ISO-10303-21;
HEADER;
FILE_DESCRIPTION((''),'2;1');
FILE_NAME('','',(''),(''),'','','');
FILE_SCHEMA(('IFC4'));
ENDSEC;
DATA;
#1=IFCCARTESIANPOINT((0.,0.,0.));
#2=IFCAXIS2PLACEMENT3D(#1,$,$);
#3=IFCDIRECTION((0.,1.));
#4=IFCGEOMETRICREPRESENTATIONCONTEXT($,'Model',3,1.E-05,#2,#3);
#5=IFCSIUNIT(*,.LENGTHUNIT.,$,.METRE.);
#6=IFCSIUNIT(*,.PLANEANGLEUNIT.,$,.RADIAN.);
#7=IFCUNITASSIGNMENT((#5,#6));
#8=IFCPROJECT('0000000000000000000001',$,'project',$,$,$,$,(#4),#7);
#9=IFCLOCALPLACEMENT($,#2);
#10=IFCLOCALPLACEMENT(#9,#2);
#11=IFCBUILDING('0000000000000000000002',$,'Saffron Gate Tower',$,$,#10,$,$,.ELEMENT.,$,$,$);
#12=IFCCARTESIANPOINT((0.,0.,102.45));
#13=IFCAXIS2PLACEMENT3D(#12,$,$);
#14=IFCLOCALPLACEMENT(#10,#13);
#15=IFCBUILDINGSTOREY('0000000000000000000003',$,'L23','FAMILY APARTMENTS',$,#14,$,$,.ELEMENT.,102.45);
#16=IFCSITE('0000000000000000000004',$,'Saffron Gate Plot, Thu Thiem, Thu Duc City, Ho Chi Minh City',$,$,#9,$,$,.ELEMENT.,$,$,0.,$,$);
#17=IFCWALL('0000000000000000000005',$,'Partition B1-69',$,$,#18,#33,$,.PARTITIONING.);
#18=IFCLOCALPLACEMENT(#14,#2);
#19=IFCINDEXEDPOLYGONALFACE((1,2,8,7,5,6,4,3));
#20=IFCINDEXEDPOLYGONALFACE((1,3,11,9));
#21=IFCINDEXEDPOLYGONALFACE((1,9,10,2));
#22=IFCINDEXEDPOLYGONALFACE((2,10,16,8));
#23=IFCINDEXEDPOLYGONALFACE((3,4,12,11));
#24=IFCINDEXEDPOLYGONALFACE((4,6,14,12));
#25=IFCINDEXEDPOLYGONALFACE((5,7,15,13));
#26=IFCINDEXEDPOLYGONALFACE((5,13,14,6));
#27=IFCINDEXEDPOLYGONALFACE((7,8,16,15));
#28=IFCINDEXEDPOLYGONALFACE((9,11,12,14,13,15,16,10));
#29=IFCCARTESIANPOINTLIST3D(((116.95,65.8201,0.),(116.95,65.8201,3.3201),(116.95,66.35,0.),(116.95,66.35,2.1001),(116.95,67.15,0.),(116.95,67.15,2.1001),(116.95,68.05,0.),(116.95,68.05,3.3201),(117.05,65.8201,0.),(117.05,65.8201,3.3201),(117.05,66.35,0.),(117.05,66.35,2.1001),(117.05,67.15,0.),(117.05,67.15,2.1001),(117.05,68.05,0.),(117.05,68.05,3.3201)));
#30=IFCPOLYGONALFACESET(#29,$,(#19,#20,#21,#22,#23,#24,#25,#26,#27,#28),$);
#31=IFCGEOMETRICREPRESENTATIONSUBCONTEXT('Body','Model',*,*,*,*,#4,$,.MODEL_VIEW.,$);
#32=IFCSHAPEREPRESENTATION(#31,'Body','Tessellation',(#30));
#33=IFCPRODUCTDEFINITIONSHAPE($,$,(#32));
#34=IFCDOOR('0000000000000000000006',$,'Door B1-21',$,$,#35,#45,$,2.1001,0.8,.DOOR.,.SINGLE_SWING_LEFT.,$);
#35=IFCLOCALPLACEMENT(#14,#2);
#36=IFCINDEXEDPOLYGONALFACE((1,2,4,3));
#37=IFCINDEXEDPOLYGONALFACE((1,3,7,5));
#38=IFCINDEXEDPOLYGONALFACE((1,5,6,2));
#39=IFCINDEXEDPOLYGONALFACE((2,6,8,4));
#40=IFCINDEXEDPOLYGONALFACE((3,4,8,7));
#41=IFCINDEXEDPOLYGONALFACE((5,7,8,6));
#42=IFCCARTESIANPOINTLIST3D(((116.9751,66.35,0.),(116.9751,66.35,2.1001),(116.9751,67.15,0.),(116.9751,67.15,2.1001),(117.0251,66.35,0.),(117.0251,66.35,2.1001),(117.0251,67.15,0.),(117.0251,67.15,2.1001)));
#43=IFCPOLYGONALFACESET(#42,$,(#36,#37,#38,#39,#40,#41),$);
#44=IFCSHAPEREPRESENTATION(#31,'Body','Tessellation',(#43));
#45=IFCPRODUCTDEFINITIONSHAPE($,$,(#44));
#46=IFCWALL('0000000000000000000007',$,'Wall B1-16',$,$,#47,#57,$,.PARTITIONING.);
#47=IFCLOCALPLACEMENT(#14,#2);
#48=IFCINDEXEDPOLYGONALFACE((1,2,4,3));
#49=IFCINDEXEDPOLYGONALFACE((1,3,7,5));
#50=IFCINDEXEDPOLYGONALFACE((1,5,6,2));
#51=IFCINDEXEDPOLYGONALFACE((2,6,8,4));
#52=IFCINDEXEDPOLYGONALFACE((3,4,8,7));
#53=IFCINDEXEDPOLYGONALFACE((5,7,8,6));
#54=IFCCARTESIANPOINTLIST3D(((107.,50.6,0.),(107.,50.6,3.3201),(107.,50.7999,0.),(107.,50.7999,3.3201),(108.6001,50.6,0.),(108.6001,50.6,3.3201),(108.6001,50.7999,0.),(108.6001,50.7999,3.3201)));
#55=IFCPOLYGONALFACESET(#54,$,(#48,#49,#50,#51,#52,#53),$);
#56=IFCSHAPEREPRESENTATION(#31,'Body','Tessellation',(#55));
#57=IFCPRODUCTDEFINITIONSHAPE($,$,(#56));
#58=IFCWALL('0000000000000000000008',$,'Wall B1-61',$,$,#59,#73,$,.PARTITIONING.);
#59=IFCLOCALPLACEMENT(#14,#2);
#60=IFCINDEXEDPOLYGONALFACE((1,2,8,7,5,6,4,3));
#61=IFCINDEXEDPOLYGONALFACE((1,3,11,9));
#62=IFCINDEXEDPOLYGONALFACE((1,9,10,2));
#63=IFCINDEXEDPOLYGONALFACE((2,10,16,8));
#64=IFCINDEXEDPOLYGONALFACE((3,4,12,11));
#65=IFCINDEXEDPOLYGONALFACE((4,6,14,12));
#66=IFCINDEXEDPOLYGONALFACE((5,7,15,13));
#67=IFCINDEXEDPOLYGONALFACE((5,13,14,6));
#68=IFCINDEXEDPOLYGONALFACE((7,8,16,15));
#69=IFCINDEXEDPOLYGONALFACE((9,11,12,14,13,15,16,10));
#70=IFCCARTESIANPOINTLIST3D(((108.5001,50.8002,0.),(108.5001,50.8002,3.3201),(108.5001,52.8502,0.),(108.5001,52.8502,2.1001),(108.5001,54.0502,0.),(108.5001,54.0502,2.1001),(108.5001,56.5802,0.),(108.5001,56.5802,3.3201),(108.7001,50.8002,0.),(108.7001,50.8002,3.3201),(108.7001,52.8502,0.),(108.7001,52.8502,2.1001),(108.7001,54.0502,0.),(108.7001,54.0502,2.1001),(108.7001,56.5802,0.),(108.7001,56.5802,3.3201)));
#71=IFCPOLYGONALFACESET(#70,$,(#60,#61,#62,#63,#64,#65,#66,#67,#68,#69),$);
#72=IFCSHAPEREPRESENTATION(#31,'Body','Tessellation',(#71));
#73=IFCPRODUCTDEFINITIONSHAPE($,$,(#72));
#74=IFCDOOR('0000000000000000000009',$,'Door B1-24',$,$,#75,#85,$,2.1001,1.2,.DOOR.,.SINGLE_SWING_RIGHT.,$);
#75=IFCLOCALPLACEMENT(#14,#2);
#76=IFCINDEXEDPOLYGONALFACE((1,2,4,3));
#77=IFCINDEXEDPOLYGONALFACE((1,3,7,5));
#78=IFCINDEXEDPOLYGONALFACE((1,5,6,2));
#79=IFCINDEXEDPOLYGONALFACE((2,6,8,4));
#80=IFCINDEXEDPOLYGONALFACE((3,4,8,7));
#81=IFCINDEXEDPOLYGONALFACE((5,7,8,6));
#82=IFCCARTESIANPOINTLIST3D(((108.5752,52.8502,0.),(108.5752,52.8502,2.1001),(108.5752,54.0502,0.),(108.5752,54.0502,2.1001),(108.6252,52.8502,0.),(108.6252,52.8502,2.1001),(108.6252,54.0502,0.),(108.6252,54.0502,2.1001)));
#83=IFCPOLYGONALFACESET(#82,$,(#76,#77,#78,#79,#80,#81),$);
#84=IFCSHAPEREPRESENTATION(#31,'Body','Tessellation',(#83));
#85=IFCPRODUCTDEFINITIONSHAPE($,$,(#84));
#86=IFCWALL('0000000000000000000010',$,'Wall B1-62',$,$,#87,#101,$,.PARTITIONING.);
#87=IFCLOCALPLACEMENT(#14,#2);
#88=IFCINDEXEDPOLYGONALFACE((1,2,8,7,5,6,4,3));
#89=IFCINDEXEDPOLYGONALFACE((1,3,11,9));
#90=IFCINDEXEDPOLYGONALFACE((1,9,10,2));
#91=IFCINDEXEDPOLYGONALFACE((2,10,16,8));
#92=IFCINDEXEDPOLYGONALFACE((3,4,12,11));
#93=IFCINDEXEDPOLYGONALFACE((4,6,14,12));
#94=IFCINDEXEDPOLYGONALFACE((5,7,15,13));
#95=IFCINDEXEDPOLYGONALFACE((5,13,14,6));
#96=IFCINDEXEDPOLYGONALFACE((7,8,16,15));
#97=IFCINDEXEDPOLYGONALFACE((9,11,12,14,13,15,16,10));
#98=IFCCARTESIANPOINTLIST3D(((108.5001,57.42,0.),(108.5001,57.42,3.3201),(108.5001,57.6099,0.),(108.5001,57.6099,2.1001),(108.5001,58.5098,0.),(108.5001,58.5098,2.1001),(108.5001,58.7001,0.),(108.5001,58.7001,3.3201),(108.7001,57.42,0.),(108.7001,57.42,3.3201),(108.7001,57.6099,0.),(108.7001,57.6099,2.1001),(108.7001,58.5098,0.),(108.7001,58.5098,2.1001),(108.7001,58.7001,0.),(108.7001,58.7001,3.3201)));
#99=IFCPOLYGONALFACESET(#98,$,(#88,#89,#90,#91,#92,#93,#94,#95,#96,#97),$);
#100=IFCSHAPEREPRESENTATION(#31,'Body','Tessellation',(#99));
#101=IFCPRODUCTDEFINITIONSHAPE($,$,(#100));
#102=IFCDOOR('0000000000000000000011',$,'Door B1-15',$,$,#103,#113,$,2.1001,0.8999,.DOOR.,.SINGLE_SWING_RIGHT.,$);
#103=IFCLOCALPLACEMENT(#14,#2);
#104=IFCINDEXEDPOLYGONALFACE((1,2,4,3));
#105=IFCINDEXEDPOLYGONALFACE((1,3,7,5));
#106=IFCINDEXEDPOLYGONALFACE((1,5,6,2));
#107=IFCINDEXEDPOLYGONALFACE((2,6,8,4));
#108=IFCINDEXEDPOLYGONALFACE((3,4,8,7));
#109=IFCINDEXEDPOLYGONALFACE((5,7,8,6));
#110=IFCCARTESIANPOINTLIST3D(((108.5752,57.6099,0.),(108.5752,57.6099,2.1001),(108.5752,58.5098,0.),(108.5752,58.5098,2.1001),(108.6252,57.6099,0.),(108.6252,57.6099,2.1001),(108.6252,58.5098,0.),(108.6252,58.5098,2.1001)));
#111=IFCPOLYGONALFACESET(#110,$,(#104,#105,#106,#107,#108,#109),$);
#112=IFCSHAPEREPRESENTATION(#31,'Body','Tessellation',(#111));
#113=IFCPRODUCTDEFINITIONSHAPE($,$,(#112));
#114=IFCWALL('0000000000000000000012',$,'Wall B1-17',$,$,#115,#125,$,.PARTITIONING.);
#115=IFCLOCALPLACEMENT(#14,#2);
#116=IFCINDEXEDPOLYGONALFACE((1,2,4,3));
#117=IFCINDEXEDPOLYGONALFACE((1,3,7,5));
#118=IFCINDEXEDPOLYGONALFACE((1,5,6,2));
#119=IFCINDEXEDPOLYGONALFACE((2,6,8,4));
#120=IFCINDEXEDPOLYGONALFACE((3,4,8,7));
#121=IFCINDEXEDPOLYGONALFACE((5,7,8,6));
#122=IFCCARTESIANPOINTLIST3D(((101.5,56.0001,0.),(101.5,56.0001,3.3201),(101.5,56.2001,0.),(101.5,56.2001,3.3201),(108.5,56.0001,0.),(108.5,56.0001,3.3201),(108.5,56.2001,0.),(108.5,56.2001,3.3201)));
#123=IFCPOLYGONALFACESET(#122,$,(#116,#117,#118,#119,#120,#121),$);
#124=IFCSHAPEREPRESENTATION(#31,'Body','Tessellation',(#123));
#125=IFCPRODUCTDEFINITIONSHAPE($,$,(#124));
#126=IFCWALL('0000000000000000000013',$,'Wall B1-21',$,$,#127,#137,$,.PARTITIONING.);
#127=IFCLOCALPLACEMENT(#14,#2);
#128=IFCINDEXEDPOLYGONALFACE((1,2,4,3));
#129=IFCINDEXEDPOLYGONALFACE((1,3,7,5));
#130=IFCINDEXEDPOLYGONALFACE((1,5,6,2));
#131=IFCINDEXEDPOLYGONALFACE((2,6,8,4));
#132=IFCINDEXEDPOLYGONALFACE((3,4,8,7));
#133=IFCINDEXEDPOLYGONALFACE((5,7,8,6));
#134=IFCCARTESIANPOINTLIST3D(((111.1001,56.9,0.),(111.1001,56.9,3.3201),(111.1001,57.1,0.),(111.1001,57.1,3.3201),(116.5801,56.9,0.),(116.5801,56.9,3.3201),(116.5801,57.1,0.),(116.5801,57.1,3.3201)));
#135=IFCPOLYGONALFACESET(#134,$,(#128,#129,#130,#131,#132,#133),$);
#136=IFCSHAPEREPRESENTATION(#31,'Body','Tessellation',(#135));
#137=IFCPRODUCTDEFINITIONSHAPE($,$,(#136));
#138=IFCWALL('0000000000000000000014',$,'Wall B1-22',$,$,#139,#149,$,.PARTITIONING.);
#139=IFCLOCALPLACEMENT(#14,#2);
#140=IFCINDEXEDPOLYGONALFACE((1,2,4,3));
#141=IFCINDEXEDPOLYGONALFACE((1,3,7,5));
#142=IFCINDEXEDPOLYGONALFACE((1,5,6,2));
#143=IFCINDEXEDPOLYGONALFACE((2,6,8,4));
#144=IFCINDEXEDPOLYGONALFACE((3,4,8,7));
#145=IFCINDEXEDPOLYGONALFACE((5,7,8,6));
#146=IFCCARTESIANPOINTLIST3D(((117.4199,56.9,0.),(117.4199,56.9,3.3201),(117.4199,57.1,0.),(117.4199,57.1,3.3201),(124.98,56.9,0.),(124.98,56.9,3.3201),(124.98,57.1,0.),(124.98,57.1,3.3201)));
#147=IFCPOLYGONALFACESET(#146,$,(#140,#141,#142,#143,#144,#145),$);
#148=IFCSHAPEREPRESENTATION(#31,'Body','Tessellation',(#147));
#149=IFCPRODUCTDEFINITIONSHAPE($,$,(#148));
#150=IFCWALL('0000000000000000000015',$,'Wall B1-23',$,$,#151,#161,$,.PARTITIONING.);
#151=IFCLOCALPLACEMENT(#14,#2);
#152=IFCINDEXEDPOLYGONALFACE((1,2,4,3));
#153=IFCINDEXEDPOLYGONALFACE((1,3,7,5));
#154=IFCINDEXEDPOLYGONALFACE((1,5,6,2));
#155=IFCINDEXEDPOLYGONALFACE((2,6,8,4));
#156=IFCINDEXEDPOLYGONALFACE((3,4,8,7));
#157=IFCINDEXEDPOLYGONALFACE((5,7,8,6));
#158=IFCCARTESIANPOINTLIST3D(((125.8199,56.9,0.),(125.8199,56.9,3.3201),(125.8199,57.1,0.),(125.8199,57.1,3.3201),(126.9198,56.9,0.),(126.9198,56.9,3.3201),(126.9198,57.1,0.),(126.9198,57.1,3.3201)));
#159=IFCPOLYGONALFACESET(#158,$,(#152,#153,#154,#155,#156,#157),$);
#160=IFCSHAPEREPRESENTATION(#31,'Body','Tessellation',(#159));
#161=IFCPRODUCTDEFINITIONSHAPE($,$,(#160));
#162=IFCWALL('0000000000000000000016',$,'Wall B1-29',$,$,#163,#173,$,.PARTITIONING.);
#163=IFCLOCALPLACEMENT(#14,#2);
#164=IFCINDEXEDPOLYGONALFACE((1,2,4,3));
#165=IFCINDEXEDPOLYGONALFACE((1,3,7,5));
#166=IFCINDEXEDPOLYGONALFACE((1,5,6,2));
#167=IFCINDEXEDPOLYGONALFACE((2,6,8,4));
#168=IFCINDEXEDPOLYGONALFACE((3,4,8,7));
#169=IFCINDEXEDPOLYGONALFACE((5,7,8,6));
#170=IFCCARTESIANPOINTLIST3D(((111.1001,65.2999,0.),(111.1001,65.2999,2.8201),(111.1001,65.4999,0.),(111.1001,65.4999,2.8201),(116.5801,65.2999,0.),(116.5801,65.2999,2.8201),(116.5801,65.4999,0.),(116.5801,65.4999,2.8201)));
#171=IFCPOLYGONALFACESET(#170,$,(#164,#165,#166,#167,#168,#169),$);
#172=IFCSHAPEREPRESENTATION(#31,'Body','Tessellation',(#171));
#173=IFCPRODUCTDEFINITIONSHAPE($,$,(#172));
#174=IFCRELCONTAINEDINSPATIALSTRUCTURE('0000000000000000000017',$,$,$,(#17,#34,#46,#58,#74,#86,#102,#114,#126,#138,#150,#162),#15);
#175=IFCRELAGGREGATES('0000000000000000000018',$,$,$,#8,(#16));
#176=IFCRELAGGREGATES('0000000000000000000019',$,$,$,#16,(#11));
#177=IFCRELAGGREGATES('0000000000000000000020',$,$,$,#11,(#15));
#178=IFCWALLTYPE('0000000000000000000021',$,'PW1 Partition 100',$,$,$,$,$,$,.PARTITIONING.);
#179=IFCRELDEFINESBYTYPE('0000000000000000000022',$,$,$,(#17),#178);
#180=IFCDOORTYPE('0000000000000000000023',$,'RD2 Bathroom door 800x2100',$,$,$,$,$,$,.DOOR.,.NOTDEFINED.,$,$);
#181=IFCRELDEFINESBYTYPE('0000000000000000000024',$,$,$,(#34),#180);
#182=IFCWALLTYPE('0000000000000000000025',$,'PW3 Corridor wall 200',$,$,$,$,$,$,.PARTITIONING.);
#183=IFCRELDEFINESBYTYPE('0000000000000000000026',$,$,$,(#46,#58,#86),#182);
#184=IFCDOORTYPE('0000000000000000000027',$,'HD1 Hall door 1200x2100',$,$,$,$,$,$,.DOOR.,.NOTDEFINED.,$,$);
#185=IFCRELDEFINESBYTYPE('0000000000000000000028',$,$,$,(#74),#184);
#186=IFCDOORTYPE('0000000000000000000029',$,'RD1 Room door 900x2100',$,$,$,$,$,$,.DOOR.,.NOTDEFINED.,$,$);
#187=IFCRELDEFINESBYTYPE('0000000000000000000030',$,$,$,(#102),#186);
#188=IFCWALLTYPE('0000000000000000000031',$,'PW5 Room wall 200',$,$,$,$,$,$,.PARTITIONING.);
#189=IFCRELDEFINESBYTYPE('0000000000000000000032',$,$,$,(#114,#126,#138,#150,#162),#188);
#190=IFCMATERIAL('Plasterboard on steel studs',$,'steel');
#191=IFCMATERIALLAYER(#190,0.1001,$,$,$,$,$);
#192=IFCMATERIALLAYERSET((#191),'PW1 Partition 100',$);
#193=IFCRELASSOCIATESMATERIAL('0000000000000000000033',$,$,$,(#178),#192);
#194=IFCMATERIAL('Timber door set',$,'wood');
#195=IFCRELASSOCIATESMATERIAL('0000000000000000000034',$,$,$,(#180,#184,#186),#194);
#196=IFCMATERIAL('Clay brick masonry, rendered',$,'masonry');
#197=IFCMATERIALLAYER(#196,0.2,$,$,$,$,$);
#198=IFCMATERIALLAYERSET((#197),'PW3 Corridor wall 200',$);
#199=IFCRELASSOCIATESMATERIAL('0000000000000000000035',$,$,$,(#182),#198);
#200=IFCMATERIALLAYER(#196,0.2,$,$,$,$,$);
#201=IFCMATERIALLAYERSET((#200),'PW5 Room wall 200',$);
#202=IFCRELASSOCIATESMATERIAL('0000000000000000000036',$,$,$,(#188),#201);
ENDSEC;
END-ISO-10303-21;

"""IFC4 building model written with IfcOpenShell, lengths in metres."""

from ifc_helpers import new_model, si_unit, direction, frame, frame_2d, origin, place, context, subcontext, project, spatial, rectangle, extrude, material, layer, layer_set, type_object, element, fill, save


model = new_model("IFC4")

# Units and contexts
model_context = context("Model", 3, precision=1e-05, world=origin(), true_north=direction((0.0, 1.0)))
body_context = subcontext(model_context, "Body", "Model", "MODEL_VIEW")
ifc_project = project(units=[si_unit("LENGTHUNIT", "METRE"), si_unit("PLANEANGLEUNIT", "RADIAN")], contexts=[model_context])

# Site, building, storey
site_placement = place(None, origin())
site = spatial("IfcSite", under=ifc_project, at=site_placement, Name="Saffron Gate Plot, Thu Thiem, Thu Duc City, Ho Chi Minh City", CompositionType="ELEMENT", RefElevation=0.0)
building_placement = place(site_placement, origin())
building = spatial("IfcBuilding", under=site, at=building_placement, Name="Saffron Gate Tower", CompositionType="ELEMENT")
storey_placement = place(building_placement, frame((0.0, 0.0, 102.45)))
storey = spatial("IfcBuildingStorey", under=building, at=storey_placement, Name="L23", Description="FAMILY APARTMENTS", CompositionType="ELEMENT", Elevation=102.45)

# Wall, opening, door
ifc_material_1 = material(Name="Plasterboard on steel studs", Category="steel")
ifc_layer_1 = layer(ifc_material_1, 0.1001)
ifc_layer_set_1 = layer_set([ifc_layer_1], Name="PW1 Partition 100")
wall_type_1 = type_object("IfcWallType", Name="PW1 Partition 100", PredefinedType="PARTITIONING", material=ifc_layer_set_1)
wall_1_placement = place(storey_placement, frame((117.0, 65.8201, 0.0), z_axis=(0.0, 0.0, 1.0), x_axis=(0.0, 1.0, 0.0)))
wall_1 = element("IfcWall", 1, at=wall_1_placement, inside=storey, type_object=wall_type_1, Name="Partition B1-69", PredefinedType="PARTITIONING", context=body_context, shape_type="SweptSolid", body=[
    extrude(rectangle(XDim=2.23, YDim=0.1001, at=frame_2d((1.115, 0.0))), origin(), (0.0, 0.0, 1.0), 3.3201),
])
opening_1_placement = place(wall_1_placement, frame((0.53, 0.0, 0.0)))
opening_1 = element("IfcOpeningElement", 2, at=opening_1_placement, cuts=wall_1, PredefinedType="OPENING", context=body_context, shape_type="SweptSolid", body=[
    extrude(rectangle(XDim=0.8, YDim=2.1001, at=frame_2d((0.3999, 1.05))), frame((0.0, 0.0601, 0.0), z_axis=(0.0, -1.0, 0.0), x_axis=(1.0, 0.0, 0.0)), (0.0, 0.0, 1.0), 0.1201),
])
ifc_material_2 = material(Name="Timber door set", Category="wood")
door_type_1 = type_object("IfcDoorType", Name="RD2 Bathroom door 800x2100", OperationType="NOTDEFINED", PredefinedType="DOOR", material=ifc_material_2)
door_1_placement = place(opening_1_placement, origin())
door_1 = element("IfcDoor", 3, at=door_1_placement, inside=storey, type_object=door_type_1, Name="Door B1-21", OperationType="SINGLE_SWING_LEFT", OverallHeight=2.1001, OverallWidth=0.8, PredefinedType="DOOR", context=body_context, shape_type="SweptSolid", body=[
    extrude(rectangle(XDim=0.8, YDim=2.1001, at=frame_2d((0.3999, 1.05))), frame((0.0, 0.0249, 0.0), z_axis=(0.0, -1.0, 0.0), x_axis=(1.0, 0.0, 0.0)), (0.0, 0.0, 1.0), 0.05),
])
fill(opening_1, door_1)

# Wall
ifc_material_3 = material(Name="Clay brick masonry, rendered", Category="masonry")
ifc_layer_2 = layer(ifc_material_3, 0.2)
ifc_layer_set_2 = layer_set([ifc_layer_2], Name="PW3 Corridor wall 200")
wall_type_2 = type_object("IfcWallType", Name="PW3 Corridor wall 200", PredefinedType="PARTITIONING", material=ifc_layer_set_2)
wall_2_placement = place(storey_placement, frame((107.0, 50.7, 0.0), z_axis=(0.0, 0.0, 1.0), x_axis=(1.0, 0.0, 0.0)))
element("IfcWall", 4, at=wall_2_placement, inside=storey, type_object=wall_type_2, Name="Wall B1-16", PredefinedType="PARTITIONING", context=body_context, shape_type="SweptSolid", body=[
    extrude(rectangle(XDim=1.6001, YDim=0.2, at=frame_2d((0.8, 0.0))), origin(), (0.0, 0.0, 1.0), 3.3201),
])

# Walls, openings, doors
wall_3_placement = place(storey_placement, frame((108.6001, 50.8, 0.0), z_axis=(0.0, 0.0, 1.0), x_axis=(0.0, 1.0, 0.0)))
wall_3 = element("IfcWall", 5, at=wall_3_placement, inside=storey, type_object=wall_type_2, Name="Wall B1-61", PredefinedType="PARTITIONING", context=body_context, shape_type="SweptSolid", body=[
    extrude(rectangle(XDim=5.78, YDim=0.2, at=frame_2d((2.8901, 0.0))), origin(), (0.0, 0.0, 1.0), 3.3201),
])
opening_2_placement = place(wall_3_placement, frame((2.05, 0.0, 0.0)))
opening_2 = element("IfcOpeningElement", 6, at=opening_2_placement, cuts=wall_3, PredefinedType="OPENING", context=body_context, shape_type="SweptSolid", body=[
    extrude(rectangle(XDim=1.2, YDim=2.1001, at=frame_2d((0.6001, 1.05))), frame((0.0, 0.1099, 0.0), z_axis=(0.0, -1.0, 0.0), x_axis=(1.0, 0.0, 0.0)), (0.0, 0.0, 1.0), 0.22),
])
door_type_2 = type_object("IfcDoorType", Name="HD1 Hall door 1200x2100", OperationType="NOTDEFINED", PredefinedType="DOOR", material=ifc_material_2)
door_2_placement = place(opening_2_placement, origin())
door_2 = element("IfcDoor", 7, at=door_2_placement, inside=storey, type_object=door_type_2, Name="Door B1-24", OperationType="SINGLE_SWING_RIGHT", OverallHeight=2.1001, OverallWidth=1.2, PredefinedType="DOOR", context=body_context, shape_type="SweptSolid", body=[
    extrude(rectangle(XDim=1.2, YDim=2.1001, at=frame_2d((0.6001, 1.05))), frame((0.0, 0.0249, 0.0), z_axis=(0.0, -1.0, 0.0), x_axis=(1.0, 0.0, 0.0)), (0.0, 0.0, 1.0), 0.05),
])
fill(opening_2, door_2)
wall_4_placement = place(storey_placement, frame((108.6001, 57.4199, 0.0), z_axis=(0.0, 0.0, 1.0), x_axis=(0.0, 1.0, 0.0)))
wall_4 = element("IfcWall", 8, at=wall_4_placement, inside=storey, type_object=wall_type_2, Name="Wall B1-62", PredefinedType="PARTITIONING", context=body_context, shape_type="SweptSolid", body=[
    extrude(rectangle(XDim=1.28, YDim=0.2, at=frame_2d((0.6401, 0.0))), origin(), (0.0, 0.0, 1.0), 3.3201),
])
opening_3_placement = place(wall_4_placement, frame((0.1899, 0.0, 0.0)))
opening_3 = element("IfcOpeningElement", 9, at=opening_3_placement, cuts=wall_4, PredefinedType="OPENING", context=body_context, shape_type="SweptSolid", body=[
    extrude(rectangle(XDim=0.8999, YDim=2.1001, at=frame_2d((0.45, 1.05))), frame((0.0, 0.1099, 0.0), z_axis=(0.0, -1.0, 0.0), x_axis=(1.0, 0.0, 0.0)), (0.0, 0.0, 1.0), 0.22),
])
door_type_3 = type_object("IfcDoorType", Name="RD1 Room door 900x2100", OperationType="NOTDEFINED", PredefinedType="DOOR", material=ifc_material_2)
door_3_placement = place(opening_3_placement, origin())
door_3 = element("IfcDoor", 10, at=door_3_placement, inside=storey, type_object=door_type_3, Name="Door B1-15", OperationType="SINGLE_SWING_RIGHT", OverallHeight=2.1001, OverallWidth=0.8999, PredefinedType="DOOR", context=body_context, shape_type="SweptSolid", body=[
    extrude(rectangle(XDim=0.8999, YDim=2.1001, at=frame_2d((0.45, 1.05))), frame((0.0, 0.0249, 0.0), z_axis=(0.0, -1.0, 0.0), x_axis=(1.0, 0.0, 0.0)), (0.0, 0.0, 1.0), 0.05),
])
fill(opening_3, door_3)

# Walls
ifc_layer_3 = layer(ifc_material_3, 0.2)
ifc_layer_set_3 = layer_set([ifc_layer_3], Name="PW5 Room wall 200")
wall_type_3 = type_object("IfcWallType", Name="PW5 Room wall 200", PredefinedType="PARTITIONING", material=ifc_layer_set_3)
wall_5_placement = place(storey_placement, frame((101.5, 56.1001, 0.0), z_axis=(0.0, 0.0, 1.0), x_axis=(1.0, 0.0, 0.0)))
element("IfcWall", 11, at=wall_5_placement, inside=storey, type_object=wall_type_3, Name="Wall B1-17", PredefinedType="PARTITIONING", context=body_context, shape_type="SweptSolid", body=[
    extrude(rectangle(XDim=7.0, YDim=0.2, at=frame_2d((3.5, 0.0))), origin(), (0.0, 0.0, 1.0), 3.3201),
])
wall_6_placement = place(storey_placement, frame((111.1001, 57.0, 0.0), z_axis=(0.0, 0.0, 1.0), x_axis=(1.0, 0.0, 0.0)))
element("IfcWall", 12, at=wall_6_placement, inside=storey, type_object=wall_type_3, Name="Wall B1-21", PredefinedType="PARTITIONING", context=body_context, shape_type="SweptSolid", body=[
    extrude(rectangle(XDim=5.48, YDim=0.2, at=frame_2d((2.74, 0.0))), origin(), (0.0, 0.0, 1.0), 3.3201),
])
wall_7_placement = place(storey_placement, frame((117.4199, 57.0, 0.0), z_axis=(0.0, 0.0, 1.0), x_axis=(1.0, 0.0, 0.0)))
element("IfcWall", 13, at=wall_7_placement, inside=storey, type_object=wall_type_3, Name="Wall B1-22", PredefinedType="PARTITIONING", context=body_context, shape_type="SweptSolid", body=[
    extrude(rectangle(XDim=7.5601, YDim=0.2, at=frame_2d((3.78, 0.0))), origin(), (0.0, 0.0, 1.0), 3.3201),
])
wall_8_placement = place(storey_placement, frame((125.8201, 57.0, 0.0), z_axis=(0.0, 0.0, 1.0), x_axis=(1.0, 0.0, 0.0)))
element("IfcWall", 14, at=wall_8_placement, inside=storey, type_object=wall_type_3, Name="Wall B1-23", PredefinedType="PARTITIONING", context=body_context, shape_type="SweptSolid", body=[
    extrude(rectangle(XDim=1.0999, YDim=0.2, at=frame_2d((0.5498, 0.0))), origin(), (0.0, 0.0, 1.0), 3.3201),
])
wall_9_placement = place(storey_placement, frame((111.1001, 65.3999, 0.0), z_axis=(0.0, 0.0, 1.0), x_axis=(1.0, 0.0, 0.0)))
element("IfcWall", 15, at=wall_9_placement, inside=storey, type_object=wall_type_3, Name="Wall B1-29", PredefinedType="PARTITIONING", context=body_context, shape_type="SweptSolid", body=[
    extrude(rectangle(XDim=5.48, YDim=0.2, at=frame_2d((2.74, 0.0))), origin(), (0.0, 0.0, 1.0), 2.8201),
])

save(model, "model.ifc")
